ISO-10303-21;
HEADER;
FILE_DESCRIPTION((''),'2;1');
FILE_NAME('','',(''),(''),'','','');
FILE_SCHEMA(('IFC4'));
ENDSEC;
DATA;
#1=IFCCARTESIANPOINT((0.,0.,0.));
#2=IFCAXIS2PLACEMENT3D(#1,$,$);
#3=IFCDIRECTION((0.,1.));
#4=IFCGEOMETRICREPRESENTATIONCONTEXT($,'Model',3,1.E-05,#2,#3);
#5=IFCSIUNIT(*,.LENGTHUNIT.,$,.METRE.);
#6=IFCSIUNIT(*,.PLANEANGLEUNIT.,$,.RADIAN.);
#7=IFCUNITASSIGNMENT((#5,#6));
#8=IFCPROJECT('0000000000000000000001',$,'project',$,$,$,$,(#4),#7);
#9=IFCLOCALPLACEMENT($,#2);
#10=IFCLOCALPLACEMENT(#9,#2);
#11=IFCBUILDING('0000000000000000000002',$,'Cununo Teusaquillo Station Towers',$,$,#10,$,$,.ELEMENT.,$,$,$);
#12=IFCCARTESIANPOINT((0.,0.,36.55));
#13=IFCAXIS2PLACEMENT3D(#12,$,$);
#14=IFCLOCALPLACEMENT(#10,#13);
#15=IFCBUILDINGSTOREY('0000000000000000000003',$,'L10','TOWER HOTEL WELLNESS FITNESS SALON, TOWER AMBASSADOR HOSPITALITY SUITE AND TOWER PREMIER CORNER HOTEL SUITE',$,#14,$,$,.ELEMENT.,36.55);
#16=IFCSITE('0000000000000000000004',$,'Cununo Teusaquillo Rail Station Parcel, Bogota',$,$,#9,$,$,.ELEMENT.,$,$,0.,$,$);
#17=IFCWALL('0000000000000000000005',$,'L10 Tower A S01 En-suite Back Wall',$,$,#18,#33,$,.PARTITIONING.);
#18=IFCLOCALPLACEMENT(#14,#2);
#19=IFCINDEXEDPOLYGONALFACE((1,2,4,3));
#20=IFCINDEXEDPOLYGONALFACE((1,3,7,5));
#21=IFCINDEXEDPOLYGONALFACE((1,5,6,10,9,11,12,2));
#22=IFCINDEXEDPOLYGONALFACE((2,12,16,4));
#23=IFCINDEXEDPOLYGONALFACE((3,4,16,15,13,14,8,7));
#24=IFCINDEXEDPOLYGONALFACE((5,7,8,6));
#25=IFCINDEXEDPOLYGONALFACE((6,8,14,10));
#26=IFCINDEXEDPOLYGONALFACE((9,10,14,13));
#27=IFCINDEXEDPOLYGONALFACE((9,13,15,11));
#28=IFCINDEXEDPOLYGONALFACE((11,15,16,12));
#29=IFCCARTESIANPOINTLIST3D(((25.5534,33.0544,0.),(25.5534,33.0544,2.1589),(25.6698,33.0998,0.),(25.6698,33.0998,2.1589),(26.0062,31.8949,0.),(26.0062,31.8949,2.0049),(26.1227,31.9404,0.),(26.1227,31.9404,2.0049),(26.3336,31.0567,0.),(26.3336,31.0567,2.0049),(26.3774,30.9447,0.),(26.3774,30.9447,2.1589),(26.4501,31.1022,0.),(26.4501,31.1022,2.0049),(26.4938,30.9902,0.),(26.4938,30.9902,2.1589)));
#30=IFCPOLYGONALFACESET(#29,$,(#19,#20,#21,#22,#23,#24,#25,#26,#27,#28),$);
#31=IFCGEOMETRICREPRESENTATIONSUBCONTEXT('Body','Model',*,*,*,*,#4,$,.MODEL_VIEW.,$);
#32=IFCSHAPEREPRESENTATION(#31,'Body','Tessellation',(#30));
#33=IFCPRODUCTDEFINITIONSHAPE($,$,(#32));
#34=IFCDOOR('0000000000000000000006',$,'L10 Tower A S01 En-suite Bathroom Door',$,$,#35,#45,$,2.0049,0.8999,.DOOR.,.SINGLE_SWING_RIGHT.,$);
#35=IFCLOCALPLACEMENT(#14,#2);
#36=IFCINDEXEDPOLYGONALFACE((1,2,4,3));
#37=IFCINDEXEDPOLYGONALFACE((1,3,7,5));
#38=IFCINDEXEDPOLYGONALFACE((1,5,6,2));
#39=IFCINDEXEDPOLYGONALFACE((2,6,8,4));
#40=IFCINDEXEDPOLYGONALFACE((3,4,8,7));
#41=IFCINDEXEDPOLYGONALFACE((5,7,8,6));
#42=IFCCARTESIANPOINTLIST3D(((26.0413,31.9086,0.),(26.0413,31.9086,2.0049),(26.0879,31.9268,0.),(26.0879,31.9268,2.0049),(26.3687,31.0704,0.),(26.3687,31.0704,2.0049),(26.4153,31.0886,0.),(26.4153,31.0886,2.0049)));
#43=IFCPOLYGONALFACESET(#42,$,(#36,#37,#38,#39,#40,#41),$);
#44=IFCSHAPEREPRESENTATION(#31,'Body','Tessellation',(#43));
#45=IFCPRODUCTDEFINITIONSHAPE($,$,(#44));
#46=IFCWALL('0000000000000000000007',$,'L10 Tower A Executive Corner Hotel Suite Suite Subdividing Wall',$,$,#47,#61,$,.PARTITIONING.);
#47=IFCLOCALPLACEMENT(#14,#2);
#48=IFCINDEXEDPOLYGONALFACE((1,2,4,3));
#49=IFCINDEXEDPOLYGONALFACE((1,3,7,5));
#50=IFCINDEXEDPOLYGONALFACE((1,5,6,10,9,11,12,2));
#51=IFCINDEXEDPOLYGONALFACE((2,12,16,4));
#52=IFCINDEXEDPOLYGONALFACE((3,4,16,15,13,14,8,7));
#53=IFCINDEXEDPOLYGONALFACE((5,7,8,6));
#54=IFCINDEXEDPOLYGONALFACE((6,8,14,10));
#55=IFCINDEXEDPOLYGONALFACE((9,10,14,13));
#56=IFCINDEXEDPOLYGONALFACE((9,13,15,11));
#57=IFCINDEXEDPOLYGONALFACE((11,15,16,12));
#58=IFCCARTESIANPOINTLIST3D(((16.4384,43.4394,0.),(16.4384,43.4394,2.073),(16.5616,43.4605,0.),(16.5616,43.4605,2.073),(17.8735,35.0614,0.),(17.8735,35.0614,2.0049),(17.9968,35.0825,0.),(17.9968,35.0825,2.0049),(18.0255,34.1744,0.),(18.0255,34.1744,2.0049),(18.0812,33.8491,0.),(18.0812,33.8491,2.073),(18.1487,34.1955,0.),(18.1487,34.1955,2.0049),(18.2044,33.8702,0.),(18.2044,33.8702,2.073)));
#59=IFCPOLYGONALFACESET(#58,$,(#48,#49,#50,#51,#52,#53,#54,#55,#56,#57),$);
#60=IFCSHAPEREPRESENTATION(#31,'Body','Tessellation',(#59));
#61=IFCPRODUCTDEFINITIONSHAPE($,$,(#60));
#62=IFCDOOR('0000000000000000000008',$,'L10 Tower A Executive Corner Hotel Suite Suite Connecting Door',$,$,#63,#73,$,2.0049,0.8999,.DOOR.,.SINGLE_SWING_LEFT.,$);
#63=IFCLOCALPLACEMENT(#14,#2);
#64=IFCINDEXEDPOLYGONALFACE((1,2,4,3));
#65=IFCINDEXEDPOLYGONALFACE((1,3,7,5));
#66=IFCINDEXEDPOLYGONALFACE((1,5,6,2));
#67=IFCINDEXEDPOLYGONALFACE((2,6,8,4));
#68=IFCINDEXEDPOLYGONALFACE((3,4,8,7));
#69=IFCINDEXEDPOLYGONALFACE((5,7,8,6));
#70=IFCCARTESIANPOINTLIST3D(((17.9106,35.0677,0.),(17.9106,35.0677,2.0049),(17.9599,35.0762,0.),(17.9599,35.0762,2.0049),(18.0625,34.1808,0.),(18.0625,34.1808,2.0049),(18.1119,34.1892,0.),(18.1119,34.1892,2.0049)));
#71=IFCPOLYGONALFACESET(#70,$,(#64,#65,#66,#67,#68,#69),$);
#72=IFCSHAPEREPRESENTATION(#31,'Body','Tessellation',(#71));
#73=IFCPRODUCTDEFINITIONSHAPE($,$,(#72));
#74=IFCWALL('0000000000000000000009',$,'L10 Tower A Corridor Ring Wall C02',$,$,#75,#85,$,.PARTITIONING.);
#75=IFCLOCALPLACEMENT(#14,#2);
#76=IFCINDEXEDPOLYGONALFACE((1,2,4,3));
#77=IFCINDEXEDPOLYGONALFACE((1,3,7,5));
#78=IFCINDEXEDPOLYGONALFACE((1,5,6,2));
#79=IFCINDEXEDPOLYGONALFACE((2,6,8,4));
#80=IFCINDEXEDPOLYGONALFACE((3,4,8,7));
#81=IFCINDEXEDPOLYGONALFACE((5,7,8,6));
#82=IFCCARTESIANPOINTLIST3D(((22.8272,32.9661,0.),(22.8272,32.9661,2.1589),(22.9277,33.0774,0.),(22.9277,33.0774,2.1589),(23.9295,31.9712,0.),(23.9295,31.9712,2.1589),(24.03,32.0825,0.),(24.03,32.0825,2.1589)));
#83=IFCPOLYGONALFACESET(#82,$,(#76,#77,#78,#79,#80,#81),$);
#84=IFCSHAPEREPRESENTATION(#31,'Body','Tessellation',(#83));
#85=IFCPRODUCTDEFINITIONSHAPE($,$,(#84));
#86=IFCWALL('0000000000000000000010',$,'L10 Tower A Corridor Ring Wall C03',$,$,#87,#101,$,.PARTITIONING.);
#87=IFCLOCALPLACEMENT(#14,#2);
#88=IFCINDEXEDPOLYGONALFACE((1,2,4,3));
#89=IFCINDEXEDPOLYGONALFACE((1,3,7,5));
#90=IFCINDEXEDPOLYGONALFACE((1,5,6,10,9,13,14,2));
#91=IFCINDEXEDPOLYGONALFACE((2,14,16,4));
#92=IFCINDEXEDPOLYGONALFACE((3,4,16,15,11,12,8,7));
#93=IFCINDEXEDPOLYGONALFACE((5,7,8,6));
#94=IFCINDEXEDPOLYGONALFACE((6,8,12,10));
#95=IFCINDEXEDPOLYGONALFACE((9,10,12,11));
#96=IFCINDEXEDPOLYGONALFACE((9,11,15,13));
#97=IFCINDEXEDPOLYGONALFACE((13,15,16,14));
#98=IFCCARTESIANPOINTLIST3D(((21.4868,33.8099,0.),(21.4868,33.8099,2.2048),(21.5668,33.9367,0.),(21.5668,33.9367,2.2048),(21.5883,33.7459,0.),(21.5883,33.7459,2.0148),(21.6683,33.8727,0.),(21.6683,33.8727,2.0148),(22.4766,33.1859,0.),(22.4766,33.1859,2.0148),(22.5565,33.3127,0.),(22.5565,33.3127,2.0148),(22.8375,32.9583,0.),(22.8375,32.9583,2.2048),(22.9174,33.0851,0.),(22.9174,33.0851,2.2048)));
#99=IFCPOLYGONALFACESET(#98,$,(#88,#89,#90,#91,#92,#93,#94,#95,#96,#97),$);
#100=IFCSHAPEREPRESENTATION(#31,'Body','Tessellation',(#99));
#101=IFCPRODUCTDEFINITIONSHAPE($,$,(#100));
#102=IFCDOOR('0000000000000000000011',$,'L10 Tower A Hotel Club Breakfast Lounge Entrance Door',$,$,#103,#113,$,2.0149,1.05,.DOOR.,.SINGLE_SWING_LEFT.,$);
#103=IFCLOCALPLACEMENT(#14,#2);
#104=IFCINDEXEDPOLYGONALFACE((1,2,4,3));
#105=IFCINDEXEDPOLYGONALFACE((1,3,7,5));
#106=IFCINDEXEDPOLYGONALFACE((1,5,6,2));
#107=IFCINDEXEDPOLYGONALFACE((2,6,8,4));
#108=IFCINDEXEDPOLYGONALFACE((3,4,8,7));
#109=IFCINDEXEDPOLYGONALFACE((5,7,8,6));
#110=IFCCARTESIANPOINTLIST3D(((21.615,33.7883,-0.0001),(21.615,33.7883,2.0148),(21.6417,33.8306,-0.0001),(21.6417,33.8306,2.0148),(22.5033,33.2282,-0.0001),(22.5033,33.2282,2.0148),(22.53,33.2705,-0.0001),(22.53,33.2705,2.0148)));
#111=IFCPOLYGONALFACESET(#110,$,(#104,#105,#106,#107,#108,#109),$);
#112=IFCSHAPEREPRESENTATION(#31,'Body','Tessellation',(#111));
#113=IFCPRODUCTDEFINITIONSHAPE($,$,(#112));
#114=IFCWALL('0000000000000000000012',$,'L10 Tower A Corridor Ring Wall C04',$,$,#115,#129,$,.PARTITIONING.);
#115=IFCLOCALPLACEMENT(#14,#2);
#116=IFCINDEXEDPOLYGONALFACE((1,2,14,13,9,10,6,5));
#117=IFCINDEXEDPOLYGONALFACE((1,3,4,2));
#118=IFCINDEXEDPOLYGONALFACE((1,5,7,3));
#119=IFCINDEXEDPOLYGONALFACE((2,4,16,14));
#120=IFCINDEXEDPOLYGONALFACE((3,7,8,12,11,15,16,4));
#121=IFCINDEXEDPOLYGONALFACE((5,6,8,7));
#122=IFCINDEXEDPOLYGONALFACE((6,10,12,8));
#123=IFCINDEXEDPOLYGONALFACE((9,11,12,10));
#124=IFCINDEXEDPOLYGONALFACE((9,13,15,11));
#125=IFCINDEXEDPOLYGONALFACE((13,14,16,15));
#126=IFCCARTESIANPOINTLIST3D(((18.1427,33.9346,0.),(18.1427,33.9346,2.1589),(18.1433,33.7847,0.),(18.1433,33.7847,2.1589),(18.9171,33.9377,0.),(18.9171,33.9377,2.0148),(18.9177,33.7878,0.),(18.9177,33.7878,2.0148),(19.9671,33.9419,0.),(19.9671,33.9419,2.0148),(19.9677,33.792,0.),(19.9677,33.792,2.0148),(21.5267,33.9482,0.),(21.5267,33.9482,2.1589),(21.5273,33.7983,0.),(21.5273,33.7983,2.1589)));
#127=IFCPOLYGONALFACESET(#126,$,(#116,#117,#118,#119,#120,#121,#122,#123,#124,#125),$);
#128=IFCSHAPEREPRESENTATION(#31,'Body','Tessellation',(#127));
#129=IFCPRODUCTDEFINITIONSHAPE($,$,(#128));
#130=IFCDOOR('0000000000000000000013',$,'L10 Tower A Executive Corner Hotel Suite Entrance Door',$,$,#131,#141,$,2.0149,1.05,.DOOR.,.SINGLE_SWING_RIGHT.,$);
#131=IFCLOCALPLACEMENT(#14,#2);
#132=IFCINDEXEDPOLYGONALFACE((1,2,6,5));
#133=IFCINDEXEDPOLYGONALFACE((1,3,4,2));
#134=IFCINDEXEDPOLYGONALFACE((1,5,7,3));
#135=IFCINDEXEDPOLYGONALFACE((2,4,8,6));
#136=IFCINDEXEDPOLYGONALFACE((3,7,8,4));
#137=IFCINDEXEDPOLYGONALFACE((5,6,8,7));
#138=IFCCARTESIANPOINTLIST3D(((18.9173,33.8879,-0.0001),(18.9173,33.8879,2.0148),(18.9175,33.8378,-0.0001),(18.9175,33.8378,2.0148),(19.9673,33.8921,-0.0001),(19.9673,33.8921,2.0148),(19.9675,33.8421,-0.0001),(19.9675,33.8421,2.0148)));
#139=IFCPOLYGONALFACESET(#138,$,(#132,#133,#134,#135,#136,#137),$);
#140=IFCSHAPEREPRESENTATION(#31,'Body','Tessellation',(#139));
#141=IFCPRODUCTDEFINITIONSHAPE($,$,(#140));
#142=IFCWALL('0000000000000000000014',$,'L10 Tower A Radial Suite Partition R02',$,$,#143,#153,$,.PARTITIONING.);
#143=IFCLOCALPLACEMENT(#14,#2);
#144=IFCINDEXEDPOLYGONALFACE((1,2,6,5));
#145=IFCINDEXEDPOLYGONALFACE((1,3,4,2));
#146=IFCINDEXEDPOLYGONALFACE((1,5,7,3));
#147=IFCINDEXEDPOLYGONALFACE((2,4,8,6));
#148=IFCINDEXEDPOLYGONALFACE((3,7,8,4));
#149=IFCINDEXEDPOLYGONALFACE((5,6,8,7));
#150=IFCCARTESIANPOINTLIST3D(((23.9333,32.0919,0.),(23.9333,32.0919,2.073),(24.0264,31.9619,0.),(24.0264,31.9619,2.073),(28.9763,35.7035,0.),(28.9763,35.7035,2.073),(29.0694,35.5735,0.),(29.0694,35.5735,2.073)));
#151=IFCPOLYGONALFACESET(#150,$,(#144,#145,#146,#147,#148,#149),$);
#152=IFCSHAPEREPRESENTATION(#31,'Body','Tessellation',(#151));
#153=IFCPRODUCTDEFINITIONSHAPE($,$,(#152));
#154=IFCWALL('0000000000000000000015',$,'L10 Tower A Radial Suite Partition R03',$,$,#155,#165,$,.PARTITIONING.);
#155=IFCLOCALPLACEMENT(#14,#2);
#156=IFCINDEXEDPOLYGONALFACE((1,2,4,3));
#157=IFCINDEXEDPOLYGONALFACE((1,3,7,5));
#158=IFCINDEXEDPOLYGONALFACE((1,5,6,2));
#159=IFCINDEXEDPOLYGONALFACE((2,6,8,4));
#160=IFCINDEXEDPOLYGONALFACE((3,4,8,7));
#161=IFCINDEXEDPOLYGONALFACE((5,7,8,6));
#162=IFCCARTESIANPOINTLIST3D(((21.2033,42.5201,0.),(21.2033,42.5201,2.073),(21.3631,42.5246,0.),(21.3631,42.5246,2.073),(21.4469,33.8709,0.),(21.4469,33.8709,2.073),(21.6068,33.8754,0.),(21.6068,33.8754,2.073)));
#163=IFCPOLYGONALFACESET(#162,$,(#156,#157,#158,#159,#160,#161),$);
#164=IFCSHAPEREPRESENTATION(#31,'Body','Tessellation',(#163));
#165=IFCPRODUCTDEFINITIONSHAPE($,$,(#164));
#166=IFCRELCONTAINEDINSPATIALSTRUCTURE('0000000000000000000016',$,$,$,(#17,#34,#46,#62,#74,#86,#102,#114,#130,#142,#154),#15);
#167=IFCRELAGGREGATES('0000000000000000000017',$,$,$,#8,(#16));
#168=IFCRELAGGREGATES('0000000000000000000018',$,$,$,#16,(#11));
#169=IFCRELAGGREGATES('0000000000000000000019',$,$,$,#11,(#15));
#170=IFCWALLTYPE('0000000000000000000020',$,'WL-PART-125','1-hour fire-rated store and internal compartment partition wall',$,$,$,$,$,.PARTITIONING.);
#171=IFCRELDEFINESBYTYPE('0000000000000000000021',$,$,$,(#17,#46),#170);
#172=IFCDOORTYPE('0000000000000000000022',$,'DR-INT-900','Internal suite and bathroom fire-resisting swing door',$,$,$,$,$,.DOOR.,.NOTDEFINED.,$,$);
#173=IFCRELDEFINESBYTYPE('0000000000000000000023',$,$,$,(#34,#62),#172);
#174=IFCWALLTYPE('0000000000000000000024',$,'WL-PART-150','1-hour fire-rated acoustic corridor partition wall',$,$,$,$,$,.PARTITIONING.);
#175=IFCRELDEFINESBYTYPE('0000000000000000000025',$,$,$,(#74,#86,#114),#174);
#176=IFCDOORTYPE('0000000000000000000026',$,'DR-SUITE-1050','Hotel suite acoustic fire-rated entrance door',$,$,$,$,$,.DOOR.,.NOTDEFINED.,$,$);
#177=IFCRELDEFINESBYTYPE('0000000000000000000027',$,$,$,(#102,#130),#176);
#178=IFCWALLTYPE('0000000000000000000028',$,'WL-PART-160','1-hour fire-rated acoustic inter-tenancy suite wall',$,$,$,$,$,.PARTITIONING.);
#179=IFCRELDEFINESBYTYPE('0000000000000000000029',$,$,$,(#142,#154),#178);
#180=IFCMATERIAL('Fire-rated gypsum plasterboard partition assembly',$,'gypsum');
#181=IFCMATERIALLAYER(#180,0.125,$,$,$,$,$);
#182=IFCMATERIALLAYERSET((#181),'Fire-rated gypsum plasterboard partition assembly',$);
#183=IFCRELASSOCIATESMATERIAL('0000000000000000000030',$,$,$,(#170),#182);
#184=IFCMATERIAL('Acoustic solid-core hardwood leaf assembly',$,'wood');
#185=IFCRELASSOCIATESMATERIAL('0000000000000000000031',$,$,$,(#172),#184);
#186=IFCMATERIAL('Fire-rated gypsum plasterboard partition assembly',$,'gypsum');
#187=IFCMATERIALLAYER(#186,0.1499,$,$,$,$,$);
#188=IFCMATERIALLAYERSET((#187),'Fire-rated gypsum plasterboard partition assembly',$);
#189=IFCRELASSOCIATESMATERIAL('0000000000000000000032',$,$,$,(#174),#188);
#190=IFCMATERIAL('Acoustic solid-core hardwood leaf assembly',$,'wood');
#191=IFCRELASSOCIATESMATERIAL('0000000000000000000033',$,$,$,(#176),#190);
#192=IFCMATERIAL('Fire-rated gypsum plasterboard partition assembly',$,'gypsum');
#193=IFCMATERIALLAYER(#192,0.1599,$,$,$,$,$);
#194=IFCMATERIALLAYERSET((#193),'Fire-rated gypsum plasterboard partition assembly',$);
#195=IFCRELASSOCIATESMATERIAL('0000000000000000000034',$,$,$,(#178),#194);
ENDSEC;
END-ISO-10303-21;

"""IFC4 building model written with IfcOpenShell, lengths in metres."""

from ifc_helpers import new_model, si_unit, direction, frame, frame_2d, origin, place, context, subcontext, project, spatial, rectangle, extrude, source, transform, mapped, material, layer, layer_set, type_object, element, fill, save


model = new_model("IFC4")

# Units and contexts
model_context = context("Model", 3, precision=1e-05, world=origin(), true_north=direction((0.0, 1.0)))
body_context = subcontext(model_context, "Body", "Model", "MODEL_VIEW")
ifc_project = project(units=[si_unit("LENGTHUNIT", "METRE"), si_unit("PLANEANGLEUNIT", "RADIAN")], contexts=[model_context])

# Site, building, storey
site_placement = place(None, origin())
site = spatial("IfcSite", under=ifc_project, at=site_placement, Name="Cununo Teusaquillo Rail Station Parcel, Bogota", CompositionType="ELEMENT", RefElevation=0.0)
building_placement = place(site_placement, origin())
building = spatial("IfcBuilding", under=site, at=building_placement, Name="Cununo Teusaquillo Station Towers", CompositionType="ELEMENT")
storey_placement = place(building_placement, frame((0.0, 0.0, 36.55)))
storey = spatial("IfcBuildingStorey", under=building, at=storey_placement, Name="L10", Description="TOWER HOTEL WELLNESS FITNESS SALON, TOWER AMBASSADOR HOSPITALITY SUITE AND TOWER PREMIER CORNER HOTEL SUITE", CompositionType="ELEMENT", Elevation=36.55)

# Shared definitions
ifc_material_1 = material(Name="Fire-rated gypsum plasterboard partition assembly", Category="gypsum")
ifc_layer_1 = layer(ifc_material_1, 0.125)
ifc_layer_set_1 = layer_set([ifc_layer_1], Name="Fire-rated gypsum plasterboard partition assembly")
wall_type_1 = type_object("IfcWallType", Name="WL-PART-125", Description="1-hour fire-rated store and internal compartment partition wall", PredefinedType="PARTITIONING", material=ifc_layer_set_1)

# Walls, openings, doors
wall_1_placement = place(storey_placement, frame((26.4355, 30.9675, 0.0), z_axis=(0.0, 0.0, 1.0), x_axis=(-0.363814, 0.931472, 0.0)))
wall_1 = element("IfcWall", 1, at=wall_1_placement, inside=storey, type_object=wall_type_1, Name="L10 Tower A S01 En-suite Back Wall", PredefinedType="PARTITIONING", context=body_context, shape_type="SweptSolid", body=[
    extrude(rectangle(XDim=2.2649, YDim=0.125, at=frame_2d((1.1323, 0.0))), origin(), (0.0, 0.0, 1.0), 2.1589),
])
shared_shape_1 = source(origin(), body_context, "Body", "SweptSolid", [
    extrude(rectangle(XDim=0.8999, YDim=2.0049, at=frame_2d((0.45, 1.0024))), frame((0.0, 0.0725, 0.0), z_axis=(0.0, -1.0, 0.0), x_axis=(1.0, 0.0, 0.0)), (0.0, 0.0, 1.0), 0.145),
])
opening_1_placement = place(wall_1_placement, frame((0.1201, 0.0, 0.0)))
opening_1 = element("IfcOpeningElement", 2, at=opening_1_placement, cuts=wall_1, PredefinedType="OPENING", context=body_context, shape_type="MappedRepresentation", body=[
    mapped(shared_shape_1, transform((0.0, 0.0, 0.0), x_axis=(1.0, 0.0, 0.0), y_axis=(0.0, 1.0, 0.0), z_axis=(0.0, 0.0, 1.0), scale=1.0)),
])
ifc_material_2 = material(Name="Acoustic solid-core hardwood leaf assembly", Category="wood")
door_type_1 = type_object("IfcDoorType", Name="DR-INT-900", Description="Internal suite and bathroom fire-resisting swing door", OperationType="NOTDEFINED", PredefinedType="DOOR", material=ifc_material_2)
shared_shape_2 = source(origin(), body_context, "Body", "SweptSolid", [
    extrude(rectangle(XDim=0.8999, YDim=2.0049, at=frame_2d((0.45, 1.0024))), frame((0.0, 0.0249, 0.0), z_axis=(0.0, -1.0, 0.0), x_axis=(1.0, 0.0, 0.0)), (0.0, 0.0, 1.0), 0.05),
])
door_1_placement = place(opening_1_placement, origin())
door_1 = element("IfcDoor", 3, at=door_1_placement, inside=storey, type_object=door_type_1, Name="L10 Tower A S01 En-suite Bathroom Door", OperationType="SINGLE_SWING_RIGHT", OverallHeight=2.0049, OverallWidth=0.8999, PredefinedType="DOOR", context=body_context, shape_type="MappedRepresentation", body=[
    mapped(shared_shape_2, transform((0.0, 0.0, 0.0), x_axis=(1.0, 0.0, 0.0), y_axis=(0.0, 1.0, 0.0), z_axis=(0.0, 0.0, 1.0), scale=1.0)),
])
fill(opening_1, door_1)
wall_2_placement = place(storey_placement, frame((18.1428, 33.8596, 0.0), z_axis=(0.0, 0.0, 1.0), x_axis=(-0.168841, 0.985643, 0.0)))
wall_2 = element("IfcWall", 4, at=wall_2_placement, inside=storey, type_object=wall_type_1, Name="L10 Tower A Executive Corner Hotel Suite Suite Subdividing Wall", PredefinedType="PARTITIONING", context=body_context, shape_type="SweptSolid", body=[
    extrude(rectangle(XDim=9.73, YDim=0.125, at=frame_2d((4.865, 0.0))), origin(), (0.0, 0.0, 1.0), 2.073),
])
opening_2_placement = place(wall_2_placement, frame((0.3301, 0.0, 0.0)))
opening_2 = element("IfcOpeningElement", 5, at=opening_2_placement, cuts=wall_2, PredefinedType="OPENING", context=body_context, shape_type="MappedRepresentation", body=[
    mapped(shared_shape_1, transform((0.0, 0.0, 0.0), x_axis=(1.0, 0.0, 0.0), y_axis=(0.0, 1.0, 0.0), z_axis=(0.0, 0.0, 1.0), scale=1.0)),
])
door_2_placement = place(opening_2_placement, origin())
door_2 = element("IfcDoor", 6, at=door_2_placement, inside=storey, type_object=door_type_1, Name="L10 Tower A Executive Corner Hotel Suite Suite Connecting Door", OperationType="SINGLE_SWING_LEFT", OverallHeight=2.0049, OverallWidth=0.8999, PredefinedType="DOOR", context=body_context, shape_type="MappedRepresentation", body=[
    mapped(shared_shape_2, transform((0.0, 0.0, 0.0), x_axis=(1.0, 0.0, 0.0), y_axis=(0.0, 1.0, 0.0), z_axis=(0.0, 0.0, 1.0), scale=1.0)),
])
fill(opening_2, door_2)

# Wall
ifc_material_3 = material(Name="Fire-rated gypsum plasterboard partition assembly", Category="gypsum")
ifc_layer_2 = layer(ifc_material_3, 0.1499)
ifc_layer_set_2 = layer_set([ifc_layer_2], Name="Fire-rated gypsum plasterboard partition assembly")
wall_type_2 = type_object("IfcWallType", Name="WL-PART-150", Description="1-hour fire-rated acoustic corridor partition wall", PredefinedType="PARTITIONING", material=ifc_layer_set_2)
wall_3_placement = place(storey_placement, frame((23.9797, 32.0269, 0.0), z_axis=(0.0, 0.0, 1.0), x_axis=(-0.742353, 0.670009, 0.0)))
element("IfcWall", 7, at=wall_3_placement, inside=storey, type_object=wall_type_2, Name="L10 Tower A Corridor Ring Wall C02", PredefinedType="PARTITIONING", context=body_context, shape_type="SweptSolid", body=[
    extrude(rectangle(XDim=1.4849, YDim=0.1499, at=frame_2d((0.7424, 0.0))), origin(), (0.0, 0.0, 1.0), 2.1589),
])

# Walls, openings, doors
wall_4_placement = place(storey_placement, frame((22.8774, 33.0217, 0.0), z_axis=(0.0, 0.0, 1.0), x_axis=(-0.845896, 0.533348, 0.0)))
wall_4 = element("IfcWall", 8, at=wall_4_placement, inside=storey, type_object=wall_type_2, Name="L10 Tower A Corridor Ring Wall C03", PredefinedType="PARTITIONING", context=body_context, shape_type="SweptSolid", body=[
    extrude(rectangle(XDim=1.5967, YDim=0.1499, at=frame_2d((0.7983, 0.0))), origin(), (0.0, 0.0, 1.0), 2.2048),
])
shared_shape_3 = source(origin(), body_context, "Body", "SweptSolid", [
    extrude(rectangle(XDim=1.05, YDim=2.0149, at=frame_2d((0.5249, 1.0073))), frame((0.0, 0.085, 0.0), z_axis=(0.0, -1.0, 0.0), x_axis=(1.0, 0.0, 0.0)), (0.0, 0.0, 1.0), 0.1699),
])
opening_3_placement = place(wall_4_placement, frame((0.4268, 0.0, 0.0)))
opening_3 = element("IfcOpeningElement", 9, at=opening_3_placement, cuts=wall_4, PredefinedType="OPENING", context=body_context, shape_type="MappedRepresentation", body=[
    mapped(shared_shape_3, transform((0.0, 0.0, 0.0), x_axis=(1.0, 0.0, 0.0), y_axis=(0.0, 1.0, 0.0), z_axis=(0.0, 0.0, 1.0), scale=1.0)),
])
ifc_material_4 = material(Name="Acoustic solid-core hardwood leaf assembly", Category="wood")
door_type_2 = type_object("IfcDoorType", Name="DR-SUITE-1050", Description="Hotel suite acoustic fire-rated entrance door", OperationType="NOTDEFINED", PredefinedType="DOOR", material=ifc_material_4)
shared_shape_4 = source(origin(), body_context, "Body", "SweptSolid", [
    extrude(rectangle(XDim=1.05, YDim=2.0149, at=frame_2d((0.5249, 1.0073))), frame((0.0, 0.0249, 0.0), z_axis=(0.0, -1.0, 0.0), x_axis=(1.0, 0.0, 0.0)), (0.0, 0.0, 1.0), 0.05),
])
door_3_placement = place(opening_3_placement, origin())
door_3 = element("IfcDoor", 10, at=door_3_placement, inside=storey, type_object=door_type_2, Name="L10 Tower A Hotel Club Breakfast Lounge Entrance Door", OperationType="SINGLE_SWING_LEFT", OverallHeight=2.0149, OverallWidth=1.05, PredefinedType="DOOR", context=body_context, shape_type="MappedRepresentation", body=[
    mapped(shared_shape_4, transform((0.0, 0.0, 0.0), x_axis=(1.0, 0.0, 0.0), y_axis=(0.0, 1.0, 0.0), z_axis=(0.0, 0.0, 1.0), scale=1.0)),
])
fill(opening_3, door_3)
wall_5_placement = place(storey_placement, frame((21.5269, 33.8733, 0.0), z_axis=(0.0, 0.0, 1.0), x_axis=(-0.999992, -0.00404, 0.0)))
wall_5 = element("IfcWall", 11, at=wall_5_placement, inside=storey, type_object=wall_type_2, Name="L10 Tower A Corridor Ring Wall C04", PredefinedType="PARTITIONING", context=body_context, shape_type="SweptSolid", body=[
    extrude(rectangle(XDim=3.384, YDim=0.1499, at=frame_2d((1.6919, 0.0))), origin(), (0.0, 0.0, 1.0), 2.1589),
])
opening_4_placement = place(wall_5_placement, frame((1.5596, 0.0, 0.0)))
opening_4 = element("IfcOpeningElement", 12, at=opening_4_placement, cuts=wall_5, PredefinedType="OPENING", context=body_context, shape_type="MappedRepresentation", body=[
    mapped(shared_shape_3, transform((0.0, 0.0, 0.0), x_axis=(1.0, 0.0, 0.0), y_axis=(0.0, 1.0, 0.0), z_axis=(0.0, 0.0, 1.0), scale=1.0)),
])
door_4_placement = place(opening_4_placement, origin())
door_4 = element("IfcDoor", 13, at=door_4_placement, inside=storey, type_object=door_type_2, Name="L10 Tower A Executive Corner Hotel Suite Entrance Door", OperationType="SINGLE_SWING_RIGHT", OverallHeight=2.0149, OverallWidth=1.05, PredefinedType="DOOR", context=body_context, shape_type="MappedRepresentation", body=[
    mapped(shared_shape_4, transform((0.0, 0.0, 0.0), x_axis=(1.0, 0.0, 0.0), y_axis=(0.0, 1.0, 0.0), z_axis=(0.0, 0.0, 1.0), scale=1.0)),
])
fill(opening_4, door_4)

# Walls
ifc_material_5 = material(Name="Fire-rated gypsum plasterboard partition assembly", Category="gypsum")
ifc_layer_3 = layer(ifc_material_5, 0.1599)
ifc_layer_set_3 = layer_set([ifc_layer_3], Name="Fire-rated gypsum plasterboard partition assembly")
wall_type_3 = type_object("IfcWallType", Name="WL-PART-160", Description="1-hour fire-rated acoustic inter-tenancy suite wall", PredefinedType="PARTITIONING", material=ifc_layer_set_3)
wall_6_placement = place(storey_placement, frame((23.9797, 32.0269, 0.0), z_axis=(0.0, 0.0, 1.0), x_axis=(0.813012, 0.582247, 0.0)))
element("IfcWall", 14, at=wall_6_placement, inside=storey, type_object=wall_type_3, Name="L10 Tower A Radial Suite Partition R02", PredefinedType="PARTITIONING", context=body_context, shape_type="SweptSolid", body=[
    extrude(rectangle(XDim=6.2029, YDim=0.1599, at=frame_2d((3.1016, 0.0))), origin(), (0.0, 0.0, 1.0), 2.073),
])
wall_7_placement = place(storey_placement, frame((21.5269, 33.8733, 0.0), z_axis=(0.0, 0.0, 1.0), x_axis=(-0.028159, 0.999603, 0.0)))
element("IfcWall", 15, at=wall_7_placement, inside=storey, type_object=wall_type_3, Name="L10 Tower A Radial Suite Partition R03", PredefinedType="PARTITIONING", context=body_context, shape_type="SweptSolid", body=[
    extrude(rectangle(XDim=8.6526, YDim=0.1599, at=frame_2d((4.3262, 0.0))), origin(), (0.0, 0.0, 1.0), 2.073),
])

save(model, "model.ifc")
